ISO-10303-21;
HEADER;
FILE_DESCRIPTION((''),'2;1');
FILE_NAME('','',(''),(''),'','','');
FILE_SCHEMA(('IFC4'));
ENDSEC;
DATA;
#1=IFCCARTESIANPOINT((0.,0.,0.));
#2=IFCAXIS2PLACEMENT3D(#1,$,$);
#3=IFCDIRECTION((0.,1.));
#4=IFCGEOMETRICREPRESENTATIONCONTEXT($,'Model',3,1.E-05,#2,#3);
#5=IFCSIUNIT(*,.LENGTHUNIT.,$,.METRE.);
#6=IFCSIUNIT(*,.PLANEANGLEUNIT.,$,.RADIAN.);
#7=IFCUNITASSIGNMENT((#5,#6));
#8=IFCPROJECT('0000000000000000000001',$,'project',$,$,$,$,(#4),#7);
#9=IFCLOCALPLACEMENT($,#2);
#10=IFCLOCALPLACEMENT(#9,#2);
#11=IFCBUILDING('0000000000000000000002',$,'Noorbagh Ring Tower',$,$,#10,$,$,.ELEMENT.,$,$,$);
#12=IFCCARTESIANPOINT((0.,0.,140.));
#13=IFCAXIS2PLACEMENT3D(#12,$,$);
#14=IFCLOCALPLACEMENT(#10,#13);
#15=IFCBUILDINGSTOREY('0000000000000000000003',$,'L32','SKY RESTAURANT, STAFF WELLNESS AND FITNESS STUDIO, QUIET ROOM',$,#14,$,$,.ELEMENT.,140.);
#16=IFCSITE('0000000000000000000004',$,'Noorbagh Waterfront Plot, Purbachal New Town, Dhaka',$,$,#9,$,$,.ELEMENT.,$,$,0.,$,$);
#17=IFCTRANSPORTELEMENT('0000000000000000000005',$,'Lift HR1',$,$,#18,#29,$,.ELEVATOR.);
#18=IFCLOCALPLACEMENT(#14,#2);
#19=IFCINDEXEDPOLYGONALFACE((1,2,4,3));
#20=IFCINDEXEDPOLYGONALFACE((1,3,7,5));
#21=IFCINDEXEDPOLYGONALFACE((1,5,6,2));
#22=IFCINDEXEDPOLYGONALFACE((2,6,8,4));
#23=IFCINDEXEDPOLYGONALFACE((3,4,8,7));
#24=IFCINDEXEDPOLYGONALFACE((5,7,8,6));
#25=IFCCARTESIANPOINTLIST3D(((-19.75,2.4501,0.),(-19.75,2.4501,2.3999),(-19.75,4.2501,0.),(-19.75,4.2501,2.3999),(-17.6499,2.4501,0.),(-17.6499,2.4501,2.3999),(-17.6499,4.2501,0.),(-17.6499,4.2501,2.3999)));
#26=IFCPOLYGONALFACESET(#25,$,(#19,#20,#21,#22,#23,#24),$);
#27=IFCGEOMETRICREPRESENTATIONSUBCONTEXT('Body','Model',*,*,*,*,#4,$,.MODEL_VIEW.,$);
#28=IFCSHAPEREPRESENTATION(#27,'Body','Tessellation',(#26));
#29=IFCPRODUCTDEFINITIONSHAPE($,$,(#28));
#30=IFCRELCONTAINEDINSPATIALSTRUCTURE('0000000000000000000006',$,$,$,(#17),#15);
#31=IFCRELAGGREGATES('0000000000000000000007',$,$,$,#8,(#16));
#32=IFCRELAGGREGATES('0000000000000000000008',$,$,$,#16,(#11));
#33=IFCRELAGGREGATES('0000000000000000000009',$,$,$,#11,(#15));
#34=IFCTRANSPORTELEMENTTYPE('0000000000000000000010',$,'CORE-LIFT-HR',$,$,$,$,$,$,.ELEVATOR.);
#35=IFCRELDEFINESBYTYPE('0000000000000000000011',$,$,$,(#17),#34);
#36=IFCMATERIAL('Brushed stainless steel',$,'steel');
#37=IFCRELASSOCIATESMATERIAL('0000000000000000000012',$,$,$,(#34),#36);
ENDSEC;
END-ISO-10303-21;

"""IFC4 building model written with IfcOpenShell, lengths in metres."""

from ifc_helpers import new_model, si_unit, direction, frame, origin, origin_2d, place, context, subcontext, project, spatial, rectangle, extrude, material, type_object, element, save


model = new_model("IFC4")

# Units and contexts
model_context = context("Model", 3, precision=1e-05, world=origin(), true_north=direction((0.0, 1.0)))
body_context = subcontext(model_context, "Body", "Model", "MODEL_VIEW")
ifc_project = project(units=[si_unit("LENGTHUNIT", "METRE"), si_unit("PLANEANGLEUNIT", "RADIAN")], contexts=[model_context])

# Site, building, storey
site_placement = place(None, origin())
site = spatial("IfcSite", under=ifc_project, at=site_placement, Name="Noorbagh Waterfront Plot, Purbachal New Town, Dhaka", CompositionType="ELEMENT", RefElevation=0.0)
building_placement = place(site_placement, origin())
building = spatial("IfcBuilding", under=site, at=building_placement, Name="Noorbagh Ring Tower", CompositionType="ELEMENT")
storey_placement = place(building_placement, frame((0.0, 0.0, 140.0)))
storey = spatial("IfcBuildingStorey", under=building, at=storey_placement, Name="L32", Description="SKY RESTAURANT, STAFF WELLNESS AND FITNESS STUDIO, QUIET ROOM", CompositionType="ELEMENT", Elevation=140.0)

# Transport element
ifc_material_1 = material(Name="Brushed stainless steel", Category="steel")
transport_element_type = type_object("IfcTransportElementType", Name="CORE-LIFT-HR", PredefinedType="ELEVATOR", material=ifc_material_1)
transport_element_placement = place(storey_placement, frame((-18.7, 3.3501, 0.0), z_axis=(0.0, 0.0, 1.0), x_axis=(1.0, 0.0, 0.0)))
element("IfcTransportElement", 1, at=transport_element_placement, inside=storey, type_object=transport_element_type, Name="Lift HR1", PredefinedType="ELEVATOR", context=body_context, shape_type="SweptSolid", body=[
    extrude(rectangle(XDim=2.1001, YDim=1.8, at=origin_2d()), origin(), (0.0, 0.0, 1.0), 2.3999),
])

save(model, "model.ifc")
